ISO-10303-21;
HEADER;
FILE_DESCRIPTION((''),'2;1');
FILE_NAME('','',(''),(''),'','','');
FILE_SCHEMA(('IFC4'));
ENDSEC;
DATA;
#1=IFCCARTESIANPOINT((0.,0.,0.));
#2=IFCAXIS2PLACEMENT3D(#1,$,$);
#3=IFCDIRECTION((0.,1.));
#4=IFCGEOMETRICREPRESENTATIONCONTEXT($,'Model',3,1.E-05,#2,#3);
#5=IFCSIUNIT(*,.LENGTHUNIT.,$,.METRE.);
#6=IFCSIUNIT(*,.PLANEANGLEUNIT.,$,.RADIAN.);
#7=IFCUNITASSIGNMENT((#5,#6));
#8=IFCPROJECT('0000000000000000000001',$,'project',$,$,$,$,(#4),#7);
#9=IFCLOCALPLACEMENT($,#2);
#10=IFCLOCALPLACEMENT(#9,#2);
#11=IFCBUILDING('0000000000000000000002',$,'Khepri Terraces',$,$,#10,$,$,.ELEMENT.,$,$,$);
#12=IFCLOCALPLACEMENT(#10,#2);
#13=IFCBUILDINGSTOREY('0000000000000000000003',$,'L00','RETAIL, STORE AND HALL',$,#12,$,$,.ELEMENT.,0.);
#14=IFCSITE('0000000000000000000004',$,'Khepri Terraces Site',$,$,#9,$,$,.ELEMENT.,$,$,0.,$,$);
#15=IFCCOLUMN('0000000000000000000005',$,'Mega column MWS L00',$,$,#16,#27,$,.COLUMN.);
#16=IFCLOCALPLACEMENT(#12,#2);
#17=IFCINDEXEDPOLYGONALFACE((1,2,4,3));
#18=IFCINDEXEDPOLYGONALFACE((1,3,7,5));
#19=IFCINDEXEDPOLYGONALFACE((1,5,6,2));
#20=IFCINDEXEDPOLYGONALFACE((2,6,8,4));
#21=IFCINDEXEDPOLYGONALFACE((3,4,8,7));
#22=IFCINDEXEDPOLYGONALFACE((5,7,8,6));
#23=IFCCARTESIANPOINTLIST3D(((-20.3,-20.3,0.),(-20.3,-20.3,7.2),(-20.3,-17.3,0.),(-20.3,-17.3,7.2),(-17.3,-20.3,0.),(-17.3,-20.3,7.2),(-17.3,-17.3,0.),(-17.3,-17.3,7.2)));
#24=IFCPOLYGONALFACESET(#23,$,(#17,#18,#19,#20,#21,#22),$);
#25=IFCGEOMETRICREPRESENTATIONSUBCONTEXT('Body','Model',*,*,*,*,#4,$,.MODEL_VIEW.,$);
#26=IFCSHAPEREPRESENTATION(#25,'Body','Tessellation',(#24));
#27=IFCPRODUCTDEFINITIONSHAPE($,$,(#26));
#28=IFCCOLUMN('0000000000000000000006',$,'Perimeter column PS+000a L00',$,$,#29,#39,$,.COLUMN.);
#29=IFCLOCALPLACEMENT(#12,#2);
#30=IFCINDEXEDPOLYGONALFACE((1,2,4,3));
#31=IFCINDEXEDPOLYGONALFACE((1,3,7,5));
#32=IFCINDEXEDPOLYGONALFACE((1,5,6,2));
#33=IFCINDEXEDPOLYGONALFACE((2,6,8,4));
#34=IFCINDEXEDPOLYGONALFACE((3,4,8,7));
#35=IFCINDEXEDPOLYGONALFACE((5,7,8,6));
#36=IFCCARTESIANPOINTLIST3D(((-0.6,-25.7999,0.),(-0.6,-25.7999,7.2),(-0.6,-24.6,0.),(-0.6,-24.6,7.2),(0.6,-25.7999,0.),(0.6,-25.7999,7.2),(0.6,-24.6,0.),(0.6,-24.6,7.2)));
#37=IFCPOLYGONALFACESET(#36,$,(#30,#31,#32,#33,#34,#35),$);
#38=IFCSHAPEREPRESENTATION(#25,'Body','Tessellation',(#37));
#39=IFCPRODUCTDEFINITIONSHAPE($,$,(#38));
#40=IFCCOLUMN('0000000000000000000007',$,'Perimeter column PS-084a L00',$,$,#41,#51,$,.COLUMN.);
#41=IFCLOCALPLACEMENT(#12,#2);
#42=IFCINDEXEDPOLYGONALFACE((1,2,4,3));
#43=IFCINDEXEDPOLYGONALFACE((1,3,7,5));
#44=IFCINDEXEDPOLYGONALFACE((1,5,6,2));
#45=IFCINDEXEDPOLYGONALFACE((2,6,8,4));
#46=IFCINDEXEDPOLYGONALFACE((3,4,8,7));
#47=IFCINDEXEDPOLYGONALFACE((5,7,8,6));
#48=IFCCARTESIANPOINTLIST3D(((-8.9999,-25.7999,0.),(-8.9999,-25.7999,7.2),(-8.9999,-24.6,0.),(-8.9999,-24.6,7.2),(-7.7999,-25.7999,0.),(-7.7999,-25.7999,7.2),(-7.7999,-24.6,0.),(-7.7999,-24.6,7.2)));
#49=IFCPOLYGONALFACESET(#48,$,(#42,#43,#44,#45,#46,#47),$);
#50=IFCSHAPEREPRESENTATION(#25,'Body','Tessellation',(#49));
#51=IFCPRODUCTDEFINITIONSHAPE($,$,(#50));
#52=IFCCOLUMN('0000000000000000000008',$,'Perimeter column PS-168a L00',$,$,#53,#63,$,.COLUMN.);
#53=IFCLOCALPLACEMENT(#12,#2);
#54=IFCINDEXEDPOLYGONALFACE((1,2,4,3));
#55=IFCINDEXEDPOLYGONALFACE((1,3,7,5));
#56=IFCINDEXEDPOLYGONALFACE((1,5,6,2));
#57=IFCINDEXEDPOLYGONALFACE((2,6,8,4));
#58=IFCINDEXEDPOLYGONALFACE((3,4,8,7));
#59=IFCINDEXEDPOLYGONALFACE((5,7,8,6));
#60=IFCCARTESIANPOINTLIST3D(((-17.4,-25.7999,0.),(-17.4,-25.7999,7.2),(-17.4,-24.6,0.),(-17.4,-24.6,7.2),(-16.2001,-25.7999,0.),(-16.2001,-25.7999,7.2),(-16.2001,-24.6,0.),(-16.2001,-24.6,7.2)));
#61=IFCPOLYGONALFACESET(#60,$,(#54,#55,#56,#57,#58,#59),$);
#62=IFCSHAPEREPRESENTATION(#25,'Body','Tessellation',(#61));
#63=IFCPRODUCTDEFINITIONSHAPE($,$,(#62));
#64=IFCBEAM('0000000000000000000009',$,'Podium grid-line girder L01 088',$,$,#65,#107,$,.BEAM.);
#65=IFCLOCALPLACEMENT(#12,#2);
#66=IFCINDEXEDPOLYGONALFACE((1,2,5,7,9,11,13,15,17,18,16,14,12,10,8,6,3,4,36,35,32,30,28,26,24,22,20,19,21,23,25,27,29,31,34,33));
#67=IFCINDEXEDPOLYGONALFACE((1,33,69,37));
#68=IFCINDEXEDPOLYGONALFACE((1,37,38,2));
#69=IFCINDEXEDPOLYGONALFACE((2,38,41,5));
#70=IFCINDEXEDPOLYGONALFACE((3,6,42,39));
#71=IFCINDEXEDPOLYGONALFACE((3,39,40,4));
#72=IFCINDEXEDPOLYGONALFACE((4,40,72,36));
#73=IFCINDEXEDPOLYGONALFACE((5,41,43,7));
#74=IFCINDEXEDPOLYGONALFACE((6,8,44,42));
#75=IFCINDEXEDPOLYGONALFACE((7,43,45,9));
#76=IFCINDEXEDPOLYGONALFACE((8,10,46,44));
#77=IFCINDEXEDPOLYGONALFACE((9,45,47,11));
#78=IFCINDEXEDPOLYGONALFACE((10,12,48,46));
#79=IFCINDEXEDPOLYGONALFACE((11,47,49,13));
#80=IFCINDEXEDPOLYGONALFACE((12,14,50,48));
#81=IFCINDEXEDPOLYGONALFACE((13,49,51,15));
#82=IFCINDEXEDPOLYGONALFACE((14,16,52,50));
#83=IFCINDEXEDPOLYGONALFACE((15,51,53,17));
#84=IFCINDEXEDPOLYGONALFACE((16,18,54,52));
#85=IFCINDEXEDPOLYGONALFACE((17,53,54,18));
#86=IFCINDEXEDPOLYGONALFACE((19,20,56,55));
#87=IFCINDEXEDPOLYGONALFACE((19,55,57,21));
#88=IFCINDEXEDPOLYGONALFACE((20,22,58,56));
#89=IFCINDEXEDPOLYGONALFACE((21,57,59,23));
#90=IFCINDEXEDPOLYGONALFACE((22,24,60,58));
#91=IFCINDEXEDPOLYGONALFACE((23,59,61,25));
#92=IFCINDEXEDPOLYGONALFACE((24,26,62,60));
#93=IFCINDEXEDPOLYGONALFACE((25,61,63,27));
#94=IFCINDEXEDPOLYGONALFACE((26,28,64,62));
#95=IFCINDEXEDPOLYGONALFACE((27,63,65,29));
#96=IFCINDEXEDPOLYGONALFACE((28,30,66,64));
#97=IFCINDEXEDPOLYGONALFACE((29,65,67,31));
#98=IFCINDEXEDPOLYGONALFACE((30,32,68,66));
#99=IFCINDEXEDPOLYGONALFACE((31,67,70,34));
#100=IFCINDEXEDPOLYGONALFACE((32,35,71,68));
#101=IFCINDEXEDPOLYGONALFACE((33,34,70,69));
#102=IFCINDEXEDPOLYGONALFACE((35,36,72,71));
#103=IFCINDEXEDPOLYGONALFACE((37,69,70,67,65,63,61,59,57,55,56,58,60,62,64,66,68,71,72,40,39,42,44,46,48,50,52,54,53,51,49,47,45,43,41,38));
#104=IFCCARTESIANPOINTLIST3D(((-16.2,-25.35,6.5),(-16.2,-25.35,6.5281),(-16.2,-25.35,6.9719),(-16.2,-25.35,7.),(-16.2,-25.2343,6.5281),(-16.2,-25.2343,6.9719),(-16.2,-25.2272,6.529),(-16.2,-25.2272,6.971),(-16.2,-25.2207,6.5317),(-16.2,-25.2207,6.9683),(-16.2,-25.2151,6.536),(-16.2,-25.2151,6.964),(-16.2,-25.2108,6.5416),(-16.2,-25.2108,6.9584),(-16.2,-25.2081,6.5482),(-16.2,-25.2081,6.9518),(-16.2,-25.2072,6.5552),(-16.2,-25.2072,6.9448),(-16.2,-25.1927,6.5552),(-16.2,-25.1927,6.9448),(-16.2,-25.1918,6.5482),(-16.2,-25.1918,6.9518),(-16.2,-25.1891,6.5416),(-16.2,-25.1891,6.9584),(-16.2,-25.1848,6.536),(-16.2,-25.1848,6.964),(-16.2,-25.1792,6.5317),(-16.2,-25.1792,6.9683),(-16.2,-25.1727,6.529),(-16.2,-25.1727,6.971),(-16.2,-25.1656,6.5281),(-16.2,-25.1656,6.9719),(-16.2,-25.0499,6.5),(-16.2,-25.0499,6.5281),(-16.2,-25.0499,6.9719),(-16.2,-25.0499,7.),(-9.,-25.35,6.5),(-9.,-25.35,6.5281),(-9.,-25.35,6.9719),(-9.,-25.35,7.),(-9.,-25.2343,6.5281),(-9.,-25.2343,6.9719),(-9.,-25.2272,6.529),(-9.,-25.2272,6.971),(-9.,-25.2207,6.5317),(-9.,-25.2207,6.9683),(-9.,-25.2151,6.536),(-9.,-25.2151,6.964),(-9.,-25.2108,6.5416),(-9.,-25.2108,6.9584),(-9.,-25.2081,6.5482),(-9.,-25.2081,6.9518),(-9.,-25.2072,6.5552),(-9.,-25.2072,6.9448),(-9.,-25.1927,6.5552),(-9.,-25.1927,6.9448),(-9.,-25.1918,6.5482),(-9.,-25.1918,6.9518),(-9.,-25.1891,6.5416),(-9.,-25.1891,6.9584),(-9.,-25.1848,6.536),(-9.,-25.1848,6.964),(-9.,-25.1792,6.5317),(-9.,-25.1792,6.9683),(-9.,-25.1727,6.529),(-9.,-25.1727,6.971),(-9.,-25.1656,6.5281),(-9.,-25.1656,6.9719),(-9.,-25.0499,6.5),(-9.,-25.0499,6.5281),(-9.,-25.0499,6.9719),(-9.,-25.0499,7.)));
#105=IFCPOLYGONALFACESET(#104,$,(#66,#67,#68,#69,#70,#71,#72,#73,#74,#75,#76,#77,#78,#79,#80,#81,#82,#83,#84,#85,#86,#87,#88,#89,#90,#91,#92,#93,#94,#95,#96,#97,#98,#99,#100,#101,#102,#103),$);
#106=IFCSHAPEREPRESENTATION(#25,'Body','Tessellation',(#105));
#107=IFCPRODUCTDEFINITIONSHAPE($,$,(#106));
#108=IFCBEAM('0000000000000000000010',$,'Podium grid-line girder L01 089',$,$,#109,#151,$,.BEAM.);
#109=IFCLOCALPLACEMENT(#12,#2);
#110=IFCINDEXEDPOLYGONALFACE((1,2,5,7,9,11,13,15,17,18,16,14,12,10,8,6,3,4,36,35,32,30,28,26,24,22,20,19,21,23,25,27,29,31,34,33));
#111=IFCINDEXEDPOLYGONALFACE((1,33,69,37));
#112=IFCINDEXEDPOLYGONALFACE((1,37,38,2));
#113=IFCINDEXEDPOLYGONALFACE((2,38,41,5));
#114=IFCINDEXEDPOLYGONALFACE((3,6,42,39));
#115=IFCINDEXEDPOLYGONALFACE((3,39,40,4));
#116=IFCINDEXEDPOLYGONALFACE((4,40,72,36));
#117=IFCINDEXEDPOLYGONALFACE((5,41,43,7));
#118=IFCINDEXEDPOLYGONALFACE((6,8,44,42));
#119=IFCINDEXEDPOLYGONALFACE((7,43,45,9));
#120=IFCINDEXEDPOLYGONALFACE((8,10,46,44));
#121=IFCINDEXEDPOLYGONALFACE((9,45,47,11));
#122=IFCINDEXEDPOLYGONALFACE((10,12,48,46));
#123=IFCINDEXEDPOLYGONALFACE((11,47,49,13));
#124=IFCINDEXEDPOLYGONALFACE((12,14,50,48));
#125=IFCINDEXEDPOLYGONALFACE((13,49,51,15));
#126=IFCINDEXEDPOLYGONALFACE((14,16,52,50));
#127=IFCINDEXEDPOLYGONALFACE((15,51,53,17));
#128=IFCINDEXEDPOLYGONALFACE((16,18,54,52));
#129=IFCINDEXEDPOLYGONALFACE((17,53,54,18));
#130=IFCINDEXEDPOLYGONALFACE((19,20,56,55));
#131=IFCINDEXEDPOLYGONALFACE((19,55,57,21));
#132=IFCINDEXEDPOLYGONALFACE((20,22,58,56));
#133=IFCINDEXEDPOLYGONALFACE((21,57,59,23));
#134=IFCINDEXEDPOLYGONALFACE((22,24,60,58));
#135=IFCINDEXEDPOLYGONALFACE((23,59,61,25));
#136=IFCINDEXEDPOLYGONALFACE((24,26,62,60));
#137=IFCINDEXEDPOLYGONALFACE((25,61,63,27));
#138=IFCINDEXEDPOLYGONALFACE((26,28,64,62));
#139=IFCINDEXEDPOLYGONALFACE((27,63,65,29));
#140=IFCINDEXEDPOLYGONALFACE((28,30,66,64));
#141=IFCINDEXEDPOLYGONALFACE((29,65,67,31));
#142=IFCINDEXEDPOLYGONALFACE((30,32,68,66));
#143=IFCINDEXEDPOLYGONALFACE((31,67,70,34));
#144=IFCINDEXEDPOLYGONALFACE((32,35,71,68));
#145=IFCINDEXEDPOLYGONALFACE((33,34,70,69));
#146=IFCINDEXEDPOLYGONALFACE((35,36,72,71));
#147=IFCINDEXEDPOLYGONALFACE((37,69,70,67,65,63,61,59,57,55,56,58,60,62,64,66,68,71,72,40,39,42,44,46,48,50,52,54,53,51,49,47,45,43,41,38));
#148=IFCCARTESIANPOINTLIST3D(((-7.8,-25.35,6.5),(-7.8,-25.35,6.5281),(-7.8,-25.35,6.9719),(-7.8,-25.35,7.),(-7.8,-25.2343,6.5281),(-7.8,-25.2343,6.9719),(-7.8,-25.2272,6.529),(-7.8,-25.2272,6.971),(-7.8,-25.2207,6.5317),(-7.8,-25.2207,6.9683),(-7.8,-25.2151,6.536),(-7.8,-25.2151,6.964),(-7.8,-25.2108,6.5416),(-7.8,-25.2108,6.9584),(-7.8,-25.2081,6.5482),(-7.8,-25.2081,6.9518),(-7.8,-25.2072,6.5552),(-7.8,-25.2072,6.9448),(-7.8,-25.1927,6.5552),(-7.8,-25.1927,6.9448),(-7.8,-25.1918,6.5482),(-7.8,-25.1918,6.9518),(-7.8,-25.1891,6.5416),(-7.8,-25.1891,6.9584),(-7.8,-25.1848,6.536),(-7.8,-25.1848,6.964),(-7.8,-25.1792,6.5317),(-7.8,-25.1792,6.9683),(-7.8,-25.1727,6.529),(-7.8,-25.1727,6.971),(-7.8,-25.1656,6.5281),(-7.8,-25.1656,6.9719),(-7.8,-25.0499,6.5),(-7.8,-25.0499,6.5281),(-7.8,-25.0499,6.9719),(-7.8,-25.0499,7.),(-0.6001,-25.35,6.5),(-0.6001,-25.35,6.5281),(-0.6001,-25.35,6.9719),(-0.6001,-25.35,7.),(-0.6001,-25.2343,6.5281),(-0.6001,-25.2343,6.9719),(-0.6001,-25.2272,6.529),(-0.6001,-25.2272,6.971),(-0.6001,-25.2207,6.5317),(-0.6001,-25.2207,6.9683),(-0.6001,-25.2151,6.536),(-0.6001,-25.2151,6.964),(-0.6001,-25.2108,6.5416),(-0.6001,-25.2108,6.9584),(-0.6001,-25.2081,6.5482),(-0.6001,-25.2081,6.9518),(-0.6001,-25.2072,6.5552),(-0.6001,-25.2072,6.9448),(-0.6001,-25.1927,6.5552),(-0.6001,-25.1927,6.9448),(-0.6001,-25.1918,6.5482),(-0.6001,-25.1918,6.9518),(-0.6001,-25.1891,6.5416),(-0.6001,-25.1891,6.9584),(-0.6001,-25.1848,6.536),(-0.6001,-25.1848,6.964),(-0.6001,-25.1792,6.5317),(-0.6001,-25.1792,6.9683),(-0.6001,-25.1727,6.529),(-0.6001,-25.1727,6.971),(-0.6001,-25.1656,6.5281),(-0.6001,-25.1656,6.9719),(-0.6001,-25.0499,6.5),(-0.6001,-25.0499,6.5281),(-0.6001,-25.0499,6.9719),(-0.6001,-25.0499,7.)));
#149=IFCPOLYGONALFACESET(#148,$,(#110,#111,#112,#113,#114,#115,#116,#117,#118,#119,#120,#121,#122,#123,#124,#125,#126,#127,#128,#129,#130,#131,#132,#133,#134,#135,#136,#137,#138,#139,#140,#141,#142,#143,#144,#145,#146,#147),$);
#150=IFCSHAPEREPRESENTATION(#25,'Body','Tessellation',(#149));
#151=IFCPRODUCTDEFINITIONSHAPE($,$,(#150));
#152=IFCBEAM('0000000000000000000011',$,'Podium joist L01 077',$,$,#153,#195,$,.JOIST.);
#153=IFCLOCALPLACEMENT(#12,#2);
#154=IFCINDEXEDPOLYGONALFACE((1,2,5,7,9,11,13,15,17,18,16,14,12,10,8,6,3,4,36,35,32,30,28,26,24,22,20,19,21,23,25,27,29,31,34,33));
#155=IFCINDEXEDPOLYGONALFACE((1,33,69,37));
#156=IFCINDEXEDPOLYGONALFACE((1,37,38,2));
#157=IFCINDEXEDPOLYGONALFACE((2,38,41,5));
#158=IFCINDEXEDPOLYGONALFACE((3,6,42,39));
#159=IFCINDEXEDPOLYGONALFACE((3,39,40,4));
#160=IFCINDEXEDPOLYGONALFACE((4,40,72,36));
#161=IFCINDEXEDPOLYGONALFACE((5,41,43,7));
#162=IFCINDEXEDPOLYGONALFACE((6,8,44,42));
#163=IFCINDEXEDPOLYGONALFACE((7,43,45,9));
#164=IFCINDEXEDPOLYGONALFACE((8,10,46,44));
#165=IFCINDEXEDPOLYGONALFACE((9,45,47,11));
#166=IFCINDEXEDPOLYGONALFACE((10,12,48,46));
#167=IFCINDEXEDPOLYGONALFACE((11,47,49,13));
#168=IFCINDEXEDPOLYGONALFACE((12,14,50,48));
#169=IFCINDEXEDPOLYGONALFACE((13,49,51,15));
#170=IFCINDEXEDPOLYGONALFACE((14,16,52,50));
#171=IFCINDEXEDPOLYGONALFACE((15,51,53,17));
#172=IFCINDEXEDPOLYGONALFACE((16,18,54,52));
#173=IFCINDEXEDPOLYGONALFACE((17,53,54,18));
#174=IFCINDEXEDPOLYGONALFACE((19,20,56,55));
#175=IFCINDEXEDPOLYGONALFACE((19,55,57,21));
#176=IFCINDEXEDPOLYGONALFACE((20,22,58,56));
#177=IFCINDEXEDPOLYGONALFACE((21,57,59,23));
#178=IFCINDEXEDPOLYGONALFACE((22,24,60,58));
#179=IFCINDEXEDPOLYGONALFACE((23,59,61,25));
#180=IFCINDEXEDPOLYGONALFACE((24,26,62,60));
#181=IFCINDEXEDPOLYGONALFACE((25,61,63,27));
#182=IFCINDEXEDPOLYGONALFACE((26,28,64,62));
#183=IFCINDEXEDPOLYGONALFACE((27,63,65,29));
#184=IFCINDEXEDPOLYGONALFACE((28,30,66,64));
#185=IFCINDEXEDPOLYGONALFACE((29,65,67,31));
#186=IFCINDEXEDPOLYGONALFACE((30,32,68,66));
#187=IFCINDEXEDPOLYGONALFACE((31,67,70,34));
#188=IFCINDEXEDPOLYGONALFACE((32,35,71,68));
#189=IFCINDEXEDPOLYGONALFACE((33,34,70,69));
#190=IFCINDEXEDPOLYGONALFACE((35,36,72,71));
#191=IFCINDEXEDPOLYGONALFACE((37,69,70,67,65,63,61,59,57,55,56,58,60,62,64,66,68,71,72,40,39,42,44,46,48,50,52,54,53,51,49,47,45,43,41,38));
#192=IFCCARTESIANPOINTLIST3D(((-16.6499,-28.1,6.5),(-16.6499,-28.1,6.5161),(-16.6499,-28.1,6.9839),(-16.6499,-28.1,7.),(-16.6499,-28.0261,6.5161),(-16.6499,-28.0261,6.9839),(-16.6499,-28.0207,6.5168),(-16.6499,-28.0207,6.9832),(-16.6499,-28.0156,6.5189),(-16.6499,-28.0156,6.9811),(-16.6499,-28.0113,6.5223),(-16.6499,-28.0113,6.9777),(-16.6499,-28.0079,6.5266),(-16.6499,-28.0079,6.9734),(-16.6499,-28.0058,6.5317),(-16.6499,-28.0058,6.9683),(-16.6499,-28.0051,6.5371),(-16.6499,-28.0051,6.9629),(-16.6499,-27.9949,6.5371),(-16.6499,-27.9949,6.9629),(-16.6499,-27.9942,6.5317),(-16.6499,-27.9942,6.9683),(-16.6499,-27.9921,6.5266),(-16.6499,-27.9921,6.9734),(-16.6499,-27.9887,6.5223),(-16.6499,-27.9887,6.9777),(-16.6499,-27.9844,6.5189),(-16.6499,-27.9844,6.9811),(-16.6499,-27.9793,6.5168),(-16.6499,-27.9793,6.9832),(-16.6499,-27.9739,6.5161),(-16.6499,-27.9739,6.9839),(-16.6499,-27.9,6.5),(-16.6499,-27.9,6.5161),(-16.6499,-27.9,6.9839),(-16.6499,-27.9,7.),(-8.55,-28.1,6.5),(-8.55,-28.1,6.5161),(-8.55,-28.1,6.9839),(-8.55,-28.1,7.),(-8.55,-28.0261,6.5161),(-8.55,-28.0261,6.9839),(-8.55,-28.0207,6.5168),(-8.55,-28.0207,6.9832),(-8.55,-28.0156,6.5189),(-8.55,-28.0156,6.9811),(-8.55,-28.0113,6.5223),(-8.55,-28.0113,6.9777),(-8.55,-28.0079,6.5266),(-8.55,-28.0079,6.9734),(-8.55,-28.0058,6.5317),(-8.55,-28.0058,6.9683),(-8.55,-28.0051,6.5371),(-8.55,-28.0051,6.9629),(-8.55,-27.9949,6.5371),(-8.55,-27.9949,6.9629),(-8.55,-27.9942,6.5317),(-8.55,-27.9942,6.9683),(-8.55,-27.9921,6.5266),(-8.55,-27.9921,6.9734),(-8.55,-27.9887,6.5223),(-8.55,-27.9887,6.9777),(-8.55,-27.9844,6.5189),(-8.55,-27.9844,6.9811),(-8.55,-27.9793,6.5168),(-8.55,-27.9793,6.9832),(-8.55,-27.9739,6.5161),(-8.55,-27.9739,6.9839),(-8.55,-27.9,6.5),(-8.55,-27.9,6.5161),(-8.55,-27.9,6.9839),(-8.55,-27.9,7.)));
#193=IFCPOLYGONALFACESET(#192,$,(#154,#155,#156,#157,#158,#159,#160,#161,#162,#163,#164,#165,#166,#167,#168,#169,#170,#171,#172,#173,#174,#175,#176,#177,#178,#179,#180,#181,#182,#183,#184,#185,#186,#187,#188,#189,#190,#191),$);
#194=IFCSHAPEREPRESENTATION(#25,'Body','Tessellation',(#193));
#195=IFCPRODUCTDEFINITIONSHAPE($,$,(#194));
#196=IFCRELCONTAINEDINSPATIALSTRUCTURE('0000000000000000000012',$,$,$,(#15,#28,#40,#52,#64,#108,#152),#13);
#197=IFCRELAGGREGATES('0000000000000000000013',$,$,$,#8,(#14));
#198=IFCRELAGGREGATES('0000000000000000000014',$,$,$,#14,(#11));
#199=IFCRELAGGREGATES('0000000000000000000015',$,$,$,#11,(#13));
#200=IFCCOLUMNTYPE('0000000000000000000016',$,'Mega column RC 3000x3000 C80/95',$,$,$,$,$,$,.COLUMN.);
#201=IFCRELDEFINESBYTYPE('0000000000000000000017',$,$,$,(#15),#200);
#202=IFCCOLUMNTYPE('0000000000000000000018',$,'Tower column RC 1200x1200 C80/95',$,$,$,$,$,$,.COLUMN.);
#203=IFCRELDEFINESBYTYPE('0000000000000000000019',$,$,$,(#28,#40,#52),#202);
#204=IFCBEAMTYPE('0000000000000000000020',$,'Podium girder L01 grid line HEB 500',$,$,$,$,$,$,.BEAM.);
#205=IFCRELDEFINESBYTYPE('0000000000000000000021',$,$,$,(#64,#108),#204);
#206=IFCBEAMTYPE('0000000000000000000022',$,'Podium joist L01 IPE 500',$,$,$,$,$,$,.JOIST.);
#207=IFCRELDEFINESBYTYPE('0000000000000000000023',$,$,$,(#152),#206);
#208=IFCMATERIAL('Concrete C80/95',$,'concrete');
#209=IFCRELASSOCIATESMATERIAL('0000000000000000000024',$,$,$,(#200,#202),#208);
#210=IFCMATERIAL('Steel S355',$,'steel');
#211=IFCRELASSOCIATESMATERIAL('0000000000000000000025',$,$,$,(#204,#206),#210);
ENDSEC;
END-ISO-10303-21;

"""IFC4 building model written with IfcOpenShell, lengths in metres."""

from ifc_helpers import new_model, si_unit, direction, frame, origin, origin_2d, place, context, subcontext, project, spatial, rectangle, i_section, extrude, material, material_profile, profile_set, type_object, element, save


model = new_model("IFC4")

# Units and contexts
model_context = context("Model", 3, precision=1e-05, world=origin(), true_north=direction((0.0, 1.0)))
body_context = subcontext(model_context, "Body", "Model", "MODEL_VIEW")
ifc_project = project(units=[si_unit("LENGTHUNIT", "METRE"), si_unit("PLANEANGLEUNIT", "RADIAN")], contexts=[model_context])

# Site, building, storey
site_placement = place(None, origin())
site = spatial("IfcSite", under=ifc_project, at=site_placement, Name="Khepri Terraces Site", CompositionType="ELEMENT", RefElevation=0.0)
building_placement = place(site_placement, origin())
building = spatial("IfcBuilding", under=site, at=building_placement, Name="Khepri Terraces", CompositionType="ELEMENT")
storey_placement = place(building_placement, origin())
storey = spatial("IfcBuildingStorey", under=building, at=storey_placement, Name="L00", Description="RETAIL, STORE AND HALL", CompositionType="ELEMENT", Elevation=0.0)

# Columns
ifc_material_1 = material(Name="Concrete C80/95", Category="concrete")
ifc_material_profile_1 = material_profile(ifc_material_1, rectangle(XDim=3.0, YDim=3.0, at=origin_2d()), Name="Concrete C80/95", Category="concrete")
ifc_profile_set_1 = profile_set([ifc_material_profile_1], Name="Concrete C80/95")
column_type_1 = type_object("IfcColumnType", Name="Mega column RC 3000x3000 C80/95", PredefinedType="COLUMN", material=ifc_profile_set_1)
column_placement = place(storey_placement, frame((-18.8, -18.8, 0.0), z_axis=(0.0, 0.0, 1.0), x_axis=(1.0, 0.0, 0.0)))
element("IfcColumn", 1, at=column_placement, inside=storey, type_object=column_type_1, Name="Mega column MWS L00", PredefinedType="COLUMN", context=body_context, shape_type="SweptSolid", body=[
    extrude(rectangle(XDim=3.0, YDim=3.0, at=origin_2d()), origin(), (0.0, 0.0, 1.0), 7.2),
])
ifc_material_profile_2 = material_profile(ifc_material_1, rectangle(XDim=1.2, YDim=1.2, at=origin_2d()), Name="Concrete C80/95", Category="concrete")
ifc_profile_set_2 = profile_set([ifc_material_profile_2], Name="Concrete C80/95")
column_type_2 = type_object("IfcColumnType", Name="Tower column RC 1200x1200 C80/95", PredefinedType="COLUMN", material=ifc_profile_set_2)
for number, where, z_axis, x_axis, name in (
    (2, (0.0, -25.2, 0.0), (0.0, 0.0, 1.0), (1.0, 0.0, 0.0), "Perimeter column PS+000a L00"),
    (3, (-8.3999, -25.2, 0.0), (0.0, 0.0, 1.0), (1.0, 0.0, 0.0), "Perimeter column PS-084a L00"),
    (4, (-16.8, -25.2, 0.0), (0.0, 0.0, 1.0), (1.0, 0.0, 0.0), "Perimeter column PS-168a L00"),
):
    element("IfcColumn", number, at=place(storey_placement, frame(where, z_axis=z_axis, x_axis=x_axis)), inside=storey, type_object=column_type_2, Name=name, PredefinedType="COLUMN", context=body_context, shape_type="SweptSolid", body=[
        extrude(rectangle(XDim=1.2, YDim=1.2, at=origin_2d()), origin(), (0.0, 0.0, 1.0), 7.2),
    ])

# Beams
ifc_material_2 = material(Name="Steel S355", Category="steel")
ifc_material_profile_3 = material_profile(ifc_material_2, i_section(OverallWidth=0.3, OverallDepth=0.5, WebThickness=0.0144, FlangeThickness=0.0281, FilletRadius=0.0271, at=origin_2d()), Name="Steel S355", Category="steel")
ifc_profile_set_3 = profile_set([ifc_material_profile_3], Name="Steel S355")
beam_type_1 = type_object("IfcBeamType", Name="Podium girder L01 grid line HEB 500", PredefinedType="BEAM", material=ifc_profile_set_3)
for number, where, z_axis, x_axis, name in (
    (5, (-16.2, -25.2, 6.75), (1.0, 0.0, 0.0), (0.0, 1.0, 0.0), "Podium grid-line girder L01 088"),
    (6, (-7.8, -25.2, 6.75), (1.0, 0.0, 0.0), (0.0, 1.0, 0.0), "Podium grid-line girder L01 089"),
):
    element("IfcBeam", number, at=place(storey_placement, frame(where, z_axis=z_axis, x_axis=x_axis)), inside=storey, type_object=beam_type_1, Name=name, PredefinedType="BEAM", context=body_context, shape_type="SweptSolid", body=[
        extrude(i_section(OverallWidth=0.3, OverallDepth=0.5, WebThickness=0.0144, FlangeThickness=0.0281, FilletRadius=0.0271, at=origin_2d()), origin(), (0.0, 0.0, 1.0), 7.2),
    ])
ifc_material_profile_4 = material_profile(ifc_material_2, i_section(OverallWidth=0.2, OverallDepth=0.5, WebThickness=0.0103, FlangeThickness=0.0161, FilletRadius=0.021, at=origin_2d()), Name="Steel S355", Category="steel")
ifc_profile_set_4 = profile_set([ifc_material_profile_4], Name="Steel S355")
beam_type_2 = type_object("IfcBeamType", Name="Podium joist L01 IPE 500", PredefinedType="JOIST", material=ifc_profile_set_4)
beam_1_placement = place(storey_placement, frame((-16.6499, -28.0, 6.75), z_axis=(1.0, 0.0, 0.0), x_axis=(0.0, 1.0, 0.0)))
element("IfcBeam", 7, at=beam_1_placement, inside=storey, type_object=beam_type_2, Name="Podium joist L01 077", PredefinedType="JOIST", context=body_context, shape_type="SweptSolid", body=[
    extrude(i_section(OverallWidth=0.2, OverallDepth=0.5, WebThickness=0.0103, FlangeThickness=0.0161, FilletRadius=0.021, at=origin_2d()), origin(), (0.0, 0.0, 1.0), 8.0999),
])

save(model, "model.ifc")
